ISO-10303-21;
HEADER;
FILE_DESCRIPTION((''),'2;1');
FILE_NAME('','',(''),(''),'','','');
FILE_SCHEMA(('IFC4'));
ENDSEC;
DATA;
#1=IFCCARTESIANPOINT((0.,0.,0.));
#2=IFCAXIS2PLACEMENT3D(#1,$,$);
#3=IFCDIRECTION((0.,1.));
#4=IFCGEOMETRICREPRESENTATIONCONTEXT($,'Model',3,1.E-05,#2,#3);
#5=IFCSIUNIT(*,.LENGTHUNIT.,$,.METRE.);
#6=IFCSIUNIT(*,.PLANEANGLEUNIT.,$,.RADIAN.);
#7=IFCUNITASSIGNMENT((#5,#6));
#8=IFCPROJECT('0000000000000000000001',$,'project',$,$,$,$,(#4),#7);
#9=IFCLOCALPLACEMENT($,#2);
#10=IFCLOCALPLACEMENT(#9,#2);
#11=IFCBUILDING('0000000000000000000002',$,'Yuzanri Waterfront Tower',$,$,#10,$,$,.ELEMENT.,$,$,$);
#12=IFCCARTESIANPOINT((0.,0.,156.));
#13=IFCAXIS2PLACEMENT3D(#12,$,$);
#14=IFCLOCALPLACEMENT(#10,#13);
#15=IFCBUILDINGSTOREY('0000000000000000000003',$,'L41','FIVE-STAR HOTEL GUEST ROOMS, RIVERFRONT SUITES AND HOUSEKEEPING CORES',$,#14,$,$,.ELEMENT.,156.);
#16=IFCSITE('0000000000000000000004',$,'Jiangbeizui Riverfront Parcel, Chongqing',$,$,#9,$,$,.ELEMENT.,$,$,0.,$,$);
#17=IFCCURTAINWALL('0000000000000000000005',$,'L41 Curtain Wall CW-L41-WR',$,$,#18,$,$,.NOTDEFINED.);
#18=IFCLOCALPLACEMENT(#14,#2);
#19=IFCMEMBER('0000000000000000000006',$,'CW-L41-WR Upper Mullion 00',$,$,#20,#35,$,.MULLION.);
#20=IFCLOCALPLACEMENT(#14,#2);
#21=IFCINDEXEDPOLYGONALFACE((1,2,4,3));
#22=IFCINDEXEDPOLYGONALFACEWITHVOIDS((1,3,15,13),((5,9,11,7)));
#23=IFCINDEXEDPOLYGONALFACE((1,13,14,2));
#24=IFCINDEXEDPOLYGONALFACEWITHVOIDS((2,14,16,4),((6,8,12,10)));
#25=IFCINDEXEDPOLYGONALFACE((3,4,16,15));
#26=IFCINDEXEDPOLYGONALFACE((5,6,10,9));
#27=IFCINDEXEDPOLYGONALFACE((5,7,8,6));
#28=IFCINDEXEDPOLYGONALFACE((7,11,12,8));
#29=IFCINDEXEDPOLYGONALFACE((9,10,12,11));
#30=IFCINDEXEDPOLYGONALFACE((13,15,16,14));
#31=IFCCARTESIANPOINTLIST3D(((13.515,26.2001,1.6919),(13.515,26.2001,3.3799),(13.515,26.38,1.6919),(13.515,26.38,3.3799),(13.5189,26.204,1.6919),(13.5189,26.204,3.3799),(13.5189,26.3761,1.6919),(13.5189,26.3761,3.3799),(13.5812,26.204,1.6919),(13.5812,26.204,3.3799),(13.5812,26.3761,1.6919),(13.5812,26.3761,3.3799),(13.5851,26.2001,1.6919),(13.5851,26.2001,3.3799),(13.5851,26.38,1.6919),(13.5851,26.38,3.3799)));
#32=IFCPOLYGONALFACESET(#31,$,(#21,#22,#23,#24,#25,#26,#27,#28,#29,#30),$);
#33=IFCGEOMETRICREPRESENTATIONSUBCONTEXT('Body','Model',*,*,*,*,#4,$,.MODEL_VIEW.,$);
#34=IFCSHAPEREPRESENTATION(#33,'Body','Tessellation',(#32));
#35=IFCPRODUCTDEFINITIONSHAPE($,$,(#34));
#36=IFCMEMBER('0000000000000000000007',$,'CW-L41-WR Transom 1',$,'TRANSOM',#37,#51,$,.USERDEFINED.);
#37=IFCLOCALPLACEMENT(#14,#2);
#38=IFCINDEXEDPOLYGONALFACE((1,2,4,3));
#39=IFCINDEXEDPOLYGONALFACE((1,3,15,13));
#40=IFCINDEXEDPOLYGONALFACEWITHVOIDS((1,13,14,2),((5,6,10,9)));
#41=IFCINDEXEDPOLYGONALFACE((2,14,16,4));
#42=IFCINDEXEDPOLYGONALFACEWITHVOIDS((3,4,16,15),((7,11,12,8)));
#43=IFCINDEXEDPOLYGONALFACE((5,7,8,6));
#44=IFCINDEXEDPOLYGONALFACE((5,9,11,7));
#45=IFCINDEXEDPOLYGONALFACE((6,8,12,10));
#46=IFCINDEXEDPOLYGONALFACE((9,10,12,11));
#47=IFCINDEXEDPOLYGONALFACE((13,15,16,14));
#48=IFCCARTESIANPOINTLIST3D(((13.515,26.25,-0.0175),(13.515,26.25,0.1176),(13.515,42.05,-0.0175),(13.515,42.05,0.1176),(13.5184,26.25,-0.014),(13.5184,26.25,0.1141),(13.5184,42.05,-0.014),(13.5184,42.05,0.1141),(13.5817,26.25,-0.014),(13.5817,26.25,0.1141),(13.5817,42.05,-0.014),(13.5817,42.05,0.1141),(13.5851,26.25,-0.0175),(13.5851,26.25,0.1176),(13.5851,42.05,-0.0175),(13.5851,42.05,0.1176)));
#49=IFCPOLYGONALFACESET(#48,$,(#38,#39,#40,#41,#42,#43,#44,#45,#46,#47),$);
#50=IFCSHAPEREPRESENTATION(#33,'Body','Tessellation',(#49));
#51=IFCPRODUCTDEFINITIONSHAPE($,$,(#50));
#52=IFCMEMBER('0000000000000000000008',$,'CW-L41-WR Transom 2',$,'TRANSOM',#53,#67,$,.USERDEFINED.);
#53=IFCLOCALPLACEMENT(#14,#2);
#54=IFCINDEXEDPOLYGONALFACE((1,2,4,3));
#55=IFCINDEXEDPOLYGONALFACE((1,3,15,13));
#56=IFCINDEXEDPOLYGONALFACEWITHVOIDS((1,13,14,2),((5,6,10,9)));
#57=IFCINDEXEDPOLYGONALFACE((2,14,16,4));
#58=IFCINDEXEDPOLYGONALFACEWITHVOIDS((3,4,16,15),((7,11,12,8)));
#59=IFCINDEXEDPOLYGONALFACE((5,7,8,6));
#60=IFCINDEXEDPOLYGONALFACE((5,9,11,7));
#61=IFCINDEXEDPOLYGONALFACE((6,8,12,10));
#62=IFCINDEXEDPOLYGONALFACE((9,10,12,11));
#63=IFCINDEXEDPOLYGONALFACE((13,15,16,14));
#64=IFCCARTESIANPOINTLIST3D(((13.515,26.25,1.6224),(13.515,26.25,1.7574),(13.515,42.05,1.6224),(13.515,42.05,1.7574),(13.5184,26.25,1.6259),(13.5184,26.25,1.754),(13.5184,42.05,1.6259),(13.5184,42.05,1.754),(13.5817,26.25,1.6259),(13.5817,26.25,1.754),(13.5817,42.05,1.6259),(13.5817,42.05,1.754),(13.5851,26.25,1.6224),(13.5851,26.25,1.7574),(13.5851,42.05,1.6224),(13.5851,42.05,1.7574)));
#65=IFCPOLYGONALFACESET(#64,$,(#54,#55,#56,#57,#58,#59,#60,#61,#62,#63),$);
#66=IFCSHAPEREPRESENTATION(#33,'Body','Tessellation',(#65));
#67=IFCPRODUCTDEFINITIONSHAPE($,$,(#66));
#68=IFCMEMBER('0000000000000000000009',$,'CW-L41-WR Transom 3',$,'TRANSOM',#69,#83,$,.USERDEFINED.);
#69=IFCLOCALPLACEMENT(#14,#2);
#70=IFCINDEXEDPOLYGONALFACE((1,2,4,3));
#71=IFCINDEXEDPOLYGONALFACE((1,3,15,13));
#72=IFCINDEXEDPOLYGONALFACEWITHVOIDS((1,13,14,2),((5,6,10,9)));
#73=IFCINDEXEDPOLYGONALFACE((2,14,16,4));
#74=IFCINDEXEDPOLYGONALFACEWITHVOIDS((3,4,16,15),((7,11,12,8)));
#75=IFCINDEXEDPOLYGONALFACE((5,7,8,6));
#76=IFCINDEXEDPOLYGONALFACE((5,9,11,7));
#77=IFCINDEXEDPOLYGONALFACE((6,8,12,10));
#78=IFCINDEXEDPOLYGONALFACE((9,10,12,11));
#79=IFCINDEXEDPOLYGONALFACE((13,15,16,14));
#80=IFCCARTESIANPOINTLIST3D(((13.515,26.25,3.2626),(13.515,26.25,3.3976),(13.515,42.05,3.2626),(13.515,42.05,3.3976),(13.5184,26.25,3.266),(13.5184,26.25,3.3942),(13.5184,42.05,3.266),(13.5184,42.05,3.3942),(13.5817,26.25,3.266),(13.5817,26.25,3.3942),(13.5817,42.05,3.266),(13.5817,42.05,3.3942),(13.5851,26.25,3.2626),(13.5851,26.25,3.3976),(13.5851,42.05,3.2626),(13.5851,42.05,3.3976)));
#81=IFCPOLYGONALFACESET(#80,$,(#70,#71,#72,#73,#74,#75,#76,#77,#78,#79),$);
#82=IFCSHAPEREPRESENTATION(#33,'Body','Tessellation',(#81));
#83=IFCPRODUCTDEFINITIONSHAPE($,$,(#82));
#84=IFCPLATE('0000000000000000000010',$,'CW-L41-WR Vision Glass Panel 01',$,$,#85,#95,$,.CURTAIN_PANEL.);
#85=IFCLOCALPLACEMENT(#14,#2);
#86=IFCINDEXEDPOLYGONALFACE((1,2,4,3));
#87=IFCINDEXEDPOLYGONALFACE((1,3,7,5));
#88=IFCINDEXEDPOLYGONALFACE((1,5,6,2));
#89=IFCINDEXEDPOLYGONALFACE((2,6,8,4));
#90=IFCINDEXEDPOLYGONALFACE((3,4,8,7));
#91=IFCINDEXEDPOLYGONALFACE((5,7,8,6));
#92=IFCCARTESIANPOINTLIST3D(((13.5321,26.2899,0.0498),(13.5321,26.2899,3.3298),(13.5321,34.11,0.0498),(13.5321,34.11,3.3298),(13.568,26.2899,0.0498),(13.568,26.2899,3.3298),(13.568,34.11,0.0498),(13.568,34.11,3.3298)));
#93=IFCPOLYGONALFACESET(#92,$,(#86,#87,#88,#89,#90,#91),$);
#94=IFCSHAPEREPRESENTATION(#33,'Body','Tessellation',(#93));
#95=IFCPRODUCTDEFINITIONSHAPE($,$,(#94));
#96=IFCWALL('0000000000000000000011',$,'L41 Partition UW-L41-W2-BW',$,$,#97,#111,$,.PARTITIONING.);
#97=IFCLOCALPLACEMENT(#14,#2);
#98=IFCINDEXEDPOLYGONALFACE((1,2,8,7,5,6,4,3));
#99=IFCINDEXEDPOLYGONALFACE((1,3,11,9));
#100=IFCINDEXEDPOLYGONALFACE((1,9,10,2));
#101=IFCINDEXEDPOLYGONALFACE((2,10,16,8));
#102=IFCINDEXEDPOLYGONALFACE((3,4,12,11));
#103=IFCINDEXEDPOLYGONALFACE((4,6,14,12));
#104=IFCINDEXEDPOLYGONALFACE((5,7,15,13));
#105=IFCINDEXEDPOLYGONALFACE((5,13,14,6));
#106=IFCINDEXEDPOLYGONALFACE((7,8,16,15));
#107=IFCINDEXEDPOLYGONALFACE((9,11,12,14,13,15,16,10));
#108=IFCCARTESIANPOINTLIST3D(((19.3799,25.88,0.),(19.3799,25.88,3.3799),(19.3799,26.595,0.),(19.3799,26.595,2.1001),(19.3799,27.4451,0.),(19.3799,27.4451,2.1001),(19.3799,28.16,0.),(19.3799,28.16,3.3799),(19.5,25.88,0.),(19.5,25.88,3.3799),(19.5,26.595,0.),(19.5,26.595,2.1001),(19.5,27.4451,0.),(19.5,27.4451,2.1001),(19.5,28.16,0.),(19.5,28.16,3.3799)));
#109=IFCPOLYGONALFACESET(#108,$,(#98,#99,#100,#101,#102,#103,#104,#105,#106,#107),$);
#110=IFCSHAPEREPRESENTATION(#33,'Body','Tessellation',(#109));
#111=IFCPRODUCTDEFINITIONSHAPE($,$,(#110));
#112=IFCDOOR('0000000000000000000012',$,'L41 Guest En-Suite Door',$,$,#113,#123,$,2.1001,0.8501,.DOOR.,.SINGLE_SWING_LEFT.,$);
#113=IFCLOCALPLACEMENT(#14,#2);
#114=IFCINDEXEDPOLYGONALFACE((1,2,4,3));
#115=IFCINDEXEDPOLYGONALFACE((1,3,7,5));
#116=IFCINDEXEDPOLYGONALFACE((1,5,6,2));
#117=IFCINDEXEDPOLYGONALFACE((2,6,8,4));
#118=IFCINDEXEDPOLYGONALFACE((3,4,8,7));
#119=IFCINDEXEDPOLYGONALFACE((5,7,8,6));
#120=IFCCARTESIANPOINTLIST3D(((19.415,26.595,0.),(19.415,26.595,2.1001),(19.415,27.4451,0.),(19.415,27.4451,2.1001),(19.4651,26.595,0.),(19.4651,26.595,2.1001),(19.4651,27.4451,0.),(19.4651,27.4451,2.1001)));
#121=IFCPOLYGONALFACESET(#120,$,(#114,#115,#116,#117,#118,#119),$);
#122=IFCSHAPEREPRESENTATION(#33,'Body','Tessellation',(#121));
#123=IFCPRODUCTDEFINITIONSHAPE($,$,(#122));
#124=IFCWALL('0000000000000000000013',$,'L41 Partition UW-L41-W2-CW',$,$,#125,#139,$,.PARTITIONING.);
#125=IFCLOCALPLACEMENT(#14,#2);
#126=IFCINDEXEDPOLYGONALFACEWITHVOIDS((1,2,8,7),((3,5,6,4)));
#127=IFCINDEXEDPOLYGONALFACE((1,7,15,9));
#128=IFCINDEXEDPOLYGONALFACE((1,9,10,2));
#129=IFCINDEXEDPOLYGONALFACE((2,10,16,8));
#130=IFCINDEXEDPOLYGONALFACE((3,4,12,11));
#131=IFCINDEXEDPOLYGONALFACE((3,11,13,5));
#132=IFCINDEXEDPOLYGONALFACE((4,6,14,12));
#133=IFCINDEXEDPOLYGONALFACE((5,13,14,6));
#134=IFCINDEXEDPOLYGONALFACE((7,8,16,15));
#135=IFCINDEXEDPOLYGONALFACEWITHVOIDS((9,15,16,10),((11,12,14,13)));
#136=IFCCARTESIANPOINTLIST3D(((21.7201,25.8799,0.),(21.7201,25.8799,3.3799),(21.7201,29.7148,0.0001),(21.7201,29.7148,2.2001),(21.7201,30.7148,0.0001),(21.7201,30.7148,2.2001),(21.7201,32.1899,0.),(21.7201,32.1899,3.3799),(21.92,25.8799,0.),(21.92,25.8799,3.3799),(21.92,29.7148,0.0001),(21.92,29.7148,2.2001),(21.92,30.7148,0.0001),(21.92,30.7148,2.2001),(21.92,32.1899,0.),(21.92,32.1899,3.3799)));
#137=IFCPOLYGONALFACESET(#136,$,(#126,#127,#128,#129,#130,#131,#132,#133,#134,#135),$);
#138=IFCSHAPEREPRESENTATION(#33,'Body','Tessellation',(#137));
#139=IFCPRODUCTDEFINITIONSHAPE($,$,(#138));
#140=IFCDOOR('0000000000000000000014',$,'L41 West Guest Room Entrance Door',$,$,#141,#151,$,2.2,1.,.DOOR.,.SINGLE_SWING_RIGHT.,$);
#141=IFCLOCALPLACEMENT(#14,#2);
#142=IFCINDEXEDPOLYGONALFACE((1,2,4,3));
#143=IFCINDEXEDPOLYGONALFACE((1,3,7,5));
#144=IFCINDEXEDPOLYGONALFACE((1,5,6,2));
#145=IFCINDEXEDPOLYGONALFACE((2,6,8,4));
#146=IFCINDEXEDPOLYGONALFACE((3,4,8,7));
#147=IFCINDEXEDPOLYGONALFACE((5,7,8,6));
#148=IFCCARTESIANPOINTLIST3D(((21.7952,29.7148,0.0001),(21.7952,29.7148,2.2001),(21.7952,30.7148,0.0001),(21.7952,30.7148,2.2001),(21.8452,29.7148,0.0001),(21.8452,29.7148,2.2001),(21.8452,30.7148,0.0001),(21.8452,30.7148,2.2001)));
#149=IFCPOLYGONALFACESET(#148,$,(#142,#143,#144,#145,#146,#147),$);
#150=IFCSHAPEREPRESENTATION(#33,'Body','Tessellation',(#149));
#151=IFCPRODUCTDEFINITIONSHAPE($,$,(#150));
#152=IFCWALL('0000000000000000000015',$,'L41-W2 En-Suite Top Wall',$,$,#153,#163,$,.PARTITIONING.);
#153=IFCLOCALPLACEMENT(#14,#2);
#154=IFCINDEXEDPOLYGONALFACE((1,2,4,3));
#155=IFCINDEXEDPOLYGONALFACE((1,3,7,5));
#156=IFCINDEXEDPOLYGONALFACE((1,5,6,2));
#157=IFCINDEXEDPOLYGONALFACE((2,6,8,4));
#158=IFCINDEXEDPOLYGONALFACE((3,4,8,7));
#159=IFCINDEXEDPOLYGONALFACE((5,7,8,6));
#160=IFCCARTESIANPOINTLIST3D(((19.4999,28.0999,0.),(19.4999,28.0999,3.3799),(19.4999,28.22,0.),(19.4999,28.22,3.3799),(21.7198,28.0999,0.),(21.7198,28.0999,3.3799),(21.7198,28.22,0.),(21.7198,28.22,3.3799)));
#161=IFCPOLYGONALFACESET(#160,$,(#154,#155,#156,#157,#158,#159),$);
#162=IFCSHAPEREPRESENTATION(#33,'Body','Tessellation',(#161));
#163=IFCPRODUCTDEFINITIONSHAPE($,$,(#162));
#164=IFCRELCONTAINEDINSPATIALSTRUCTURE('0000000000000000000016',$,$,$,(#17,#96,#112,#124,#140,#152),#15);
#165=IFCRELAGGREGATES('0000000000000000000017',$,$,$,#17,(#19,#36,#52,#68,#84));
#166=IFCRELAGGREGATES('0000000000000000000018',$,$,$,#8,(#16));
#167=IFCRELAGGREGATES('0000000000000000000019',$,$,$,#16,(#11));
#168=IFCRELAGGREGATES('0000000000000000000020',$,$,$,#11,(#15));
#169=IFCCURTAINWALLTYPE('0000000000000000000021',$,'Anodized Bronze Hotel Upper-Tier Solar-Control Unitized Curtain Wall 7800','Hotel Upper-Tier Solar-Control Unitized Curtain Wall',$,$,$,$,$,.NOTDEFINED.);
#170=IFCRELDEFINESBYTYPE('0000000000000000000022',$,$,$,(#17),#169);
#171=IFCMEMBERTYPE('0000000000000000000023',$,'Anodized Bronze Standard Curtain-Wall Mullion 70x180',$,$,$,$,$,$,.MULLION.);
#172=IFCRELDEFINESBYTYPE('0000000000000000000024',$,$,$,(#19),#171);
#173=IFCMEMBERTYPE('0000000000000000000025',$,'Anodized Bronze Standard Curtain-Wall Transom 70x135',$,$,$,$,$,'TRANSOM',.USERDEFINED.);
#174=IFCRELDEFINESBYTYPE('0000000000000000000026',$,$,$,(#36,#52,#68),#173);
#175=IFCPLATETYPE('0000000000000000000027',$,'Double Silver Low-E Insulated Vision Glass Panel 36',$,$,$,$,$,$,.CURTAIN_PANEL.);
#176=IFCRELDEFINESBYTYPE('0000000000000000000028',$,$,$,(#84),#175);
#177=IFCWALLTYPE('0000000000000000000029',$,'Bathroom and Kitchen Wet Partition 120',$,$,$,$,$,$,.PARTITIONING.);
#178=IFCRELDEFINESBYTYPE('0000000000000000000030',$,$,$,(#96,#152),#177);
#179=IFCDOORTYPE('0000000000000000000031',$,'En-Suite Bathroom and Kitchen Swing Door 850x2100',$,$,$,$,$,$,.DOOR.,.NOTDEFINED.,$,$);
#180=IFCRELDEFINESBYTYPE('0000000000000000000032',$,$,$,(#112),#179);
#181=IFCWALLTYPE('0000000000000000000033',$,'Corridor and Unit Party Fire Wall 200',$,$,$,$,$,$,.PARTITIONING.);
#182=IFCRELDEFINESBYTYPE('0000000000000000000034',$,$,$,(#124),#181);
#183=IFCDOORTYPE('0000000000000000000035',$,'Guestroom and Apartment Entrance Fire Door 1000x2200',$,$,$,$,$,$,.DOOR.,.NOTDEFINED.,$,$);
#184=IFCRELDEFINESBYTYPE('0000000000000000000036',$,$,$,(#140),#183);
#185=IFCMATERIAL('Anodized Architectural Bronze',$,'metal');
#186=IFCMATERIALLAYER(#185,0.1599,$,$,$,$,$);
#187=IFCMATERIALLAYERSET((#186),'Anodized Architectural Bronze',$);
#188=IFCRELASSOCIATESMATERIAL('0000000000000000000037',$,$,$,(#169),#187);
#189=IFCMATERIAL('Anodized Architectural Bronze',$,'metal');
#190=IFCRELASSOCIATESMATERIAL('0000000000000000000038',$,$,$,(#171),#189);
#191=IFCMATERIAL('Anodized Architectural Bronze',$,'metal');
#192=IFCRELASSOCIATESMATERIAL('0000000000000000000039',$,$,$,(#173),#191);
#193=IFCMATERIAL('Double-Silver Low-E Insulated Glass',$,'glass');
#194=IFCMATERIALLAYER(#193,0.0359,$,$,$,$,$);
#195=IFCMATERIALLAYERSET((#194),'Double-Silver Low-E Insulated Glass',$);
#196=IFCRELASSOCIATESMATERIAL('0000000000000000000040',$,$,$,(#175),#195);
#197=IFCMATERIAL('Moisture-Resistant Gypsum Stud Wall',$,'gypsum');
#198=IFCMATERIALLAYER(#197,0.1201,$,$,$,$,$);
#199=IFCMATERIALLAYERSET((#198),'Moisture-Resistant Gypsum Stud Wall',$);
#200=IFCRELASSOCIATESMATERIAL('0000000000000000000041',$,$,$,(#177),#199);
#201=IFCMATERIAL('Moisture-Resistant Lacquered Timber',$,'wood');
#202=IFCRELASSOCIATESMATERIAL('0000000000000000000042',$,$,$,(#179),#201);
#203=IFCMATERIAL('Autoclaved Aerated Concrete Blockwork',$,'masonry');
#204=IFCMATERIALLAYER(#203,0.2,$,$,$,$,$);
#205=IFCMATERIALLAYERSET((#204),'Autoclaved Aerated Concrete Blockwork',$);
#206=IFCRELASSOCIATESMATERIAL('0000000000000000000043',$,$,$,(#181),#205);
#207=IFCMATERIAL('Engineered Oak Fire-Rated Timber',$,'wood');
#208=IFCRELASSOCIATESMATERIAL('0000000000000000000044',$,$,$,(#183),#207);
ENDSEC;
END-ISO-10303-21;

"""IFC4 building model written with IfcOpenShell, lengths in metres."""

from ifc_helpers import new_model, si_unit, direction, frame, frame_2d, origin, origin_2d, place, context, subcontext, project, spatial, rectangle, hollow_rectangle, extrude, source, transform, mapped, material, layer, layer_set, material_profile, profile_set, type_object, element, fill, aggregate, save


model = new_model("IFC4")

# Units and contexts
model_context = context("Model", 3, precision=1e-05, world=origin(), true_north=direction((0.0, 1.0)))
body_context = subcontext(model_context, "Body", "Model", "MODEL_VIEW")
ifc_project = project(units=[si_unit("LENGTHUNIT", "METRE"), si_unit("PLANEANGLEUNIT", "RADIAN")], contexts=[model_context])

# Site, building, storey
site_placement = place(None, origin())
site = spatial("IfcSite", under=ifc_project, at=site_placement, Name="Jiangbeizui Riverfront Parcel, Chongqing", CompositionType="ELEMENT", RefElevation=0.0)
building_placement = place(site_placement, origin())
building = spatial("IfcBuilding", under=site, at=building_placement, Name="Yuzanri Waterfront Tower", CompositionType="ELEMENT")
storey_placement = place(building_placement, frame((0.0, 0.0, 156.0)))
storey = spatial("IfcBuildingStorey", under=building, at=storey_placement, Name="L41", Description="FIVE-STAR HOTEL GUEST ROOMS, RIVERFRONT SUITES AND HOUSEKEEPING CORES", CompositionType="ELEMENT", Elevation=156.0)

# Shared definitions
ifc_material_1 = material(Name="Anodized Architectural Bronze", Category="metal")
ifc_layer_1 = layer(ifc_material_1, 0.1599)
ifc_layer_set_1 = layer_set([ifc_layer_1], Name="Anodized Architectural Bronze")
curtain_wall_type = type_object("IfcCurtainWallType", Name="Anodized Bronze Hotel Upper-Tier Solar-Control Unitized Curtain Wall 7800", Description="Hotel Upper-Tier Solar-Control Unitized Curtain Wall", PredefinedType="NOTDEFINED", material=ifc_layer_set_1)
ifc_material_2 = material(Name="Anodized Architectural Bronze", Category="metal")
ifc_material_profile_1 = material_profile(ifc_material_2, hollow_rectangle(XDim=0.0701, YDim=0.1799, WallThickness=0.0039, at=origin_2d()), Name="CWM 70x180")
ifc_profile_set_1 = profile_set([ifc_material_profile_1], Name="Anodized Architectural Bronze")
member_type_1 = type_object("IfcMemberType", Name="Anodized Bronze Standard Curtain-Wall Mullion 70x180", PredefinedType="MULLION", material=ifc_profile_set_1)
shared_shape_1 = source(origin(), body_context, "Body", "SweptSolid", [
    extrude(hollow_rectangle(XDim=0.0701, YDim=0.1799, WallThickness=0.0039, at=origin_2d()), origin(), (0.0, 0.0, 1.0), 1.688),
])

# Curtain wall, members, plate
curtain_wall_1_placement = place(storey_placement, origin())
curtain_wall_1 = element("IfcCurtainWall", 1, at=curtain_wall_1_placement, inside=storey, type_object=curtain_wall_type, Name="L41 Curtain Wall CW-L41-WR", PredefinedType="NOTDEFINED")
member_1_placement = place(storey_placement, frame((13.55, 26.29, 1.6919), z_axis=(0.0, 0.0, 1.0), x_axis=(1.0, 0.0, 0.0)))
member_1 = element("IfcMember", 2, at=member_1_placement, type_object=member_type_1, Name="CW-L41-WR Upper Mullion 00", PredefinedType="MULLION", context=body_context, shape_type="MappedRepresentation", body=[
    mapped(shared_shape_1, transform((0.0, 0.0, 0.0), scale=1.0)),
])
ifc_material_3 = material(Name="Anodized Architectural Bronze", Category="metal")
ifc_material_profile_2 = material_profile(ifc_material_3, hollow_rectangle(XDim=0.0701, YDim=0.135, WallThickness=0.0034, at=origin_2d()), Name="CWT 70x135")
ifc_profile_set_2 = profile_set([ifc_material_profile_2], Name="Anodized Architectural Bronze")
member_type_2 = type_object("IfcMemberType", Name="Anodized Bronze Standard Curtain-Wall Transom 70x135", ElementType="TRANSOM", PredefinedType="USERDEFINED", material=ifc_profile_set_2)
shared_shape_2 = source(origin(), body_context, "Body", "SweptSolid", [
    extrude(hollow_rectangle(XDim=0.0701, YDim=0.135, WallThickness=0.0034, at=origin_2d()), origin(), (0.0, 0.0, 1.0), 15.8),
])
member_2_placement = place(storey_placement, frame((13.55, 26.25, 0.05), z_axis=(0.0, 1.0, 0.0), x_axis=(-1.0, 0.0, 0.0)))
member_2 = element("IfcMember", 3, at=member_2_placement, type_object=member_type_2, Name="CW-L41-WR Transom 1", ObjectType="TRANSOM", PredefinedType="USERDEFINED", context=body_context, shape_type="MappedRepresentation", body=[
    mapped(shared_shape_2, transform((0.0, 0.0, 0.0), scale=1.0)),
])
member_3_placement = place(storey_placement, frame((13.55, 26.25, 1.6899), z_axis=(0.0, 1.0, 0.0), x_axis=(-1.0, 0.0, 0.0)))
member_3 = element("IfcMember", 4, at=member_3_placement, type_object=member_type_2, Name="CW-L41-WR Transom 2", ObjectType="TRANSOM", PredefinedType="USERDEFINED", context=body_context, shape_type="MappedRepresentation", body=[
    mapped(shared_shape_2, transform((0.0, 0.0, 0.0), scale=1.0)),
])
member_4_placement = place(storey_placement, frame((13.55, 26.25, 3.3301), z_axis=(0.0, 1.0, 0.0), x_axis=(-1.0, 0.0, 0.0)))
member_4 = element("IfcMember", 5, at=member_4_placement, type_object=member_type_2, Name="CW-L41-WR Transom 3", ObjectType="TRANSOM", PredefinedType="USERDEFINED", context=body_context, shape_type="MappedRepresentation", body=[
    mapped(shared_shape_2, transform((0.0, 0.0, 0.0), scale=1.0)),
])
ifc_material_4 = material(Name="Double-Silver Low-E Insulated Glass", Category="glass")
ifc_layer_2 = layer(ifc_material_4, 0.0359)
ifc_layer_set_2 = layer_set([ifc_layer_2], Name="Double-Silver Low-E Insulated Glass")
plate_type = type_object("IfcPlateType", Name="Double Silver Low-E Insulated Vision Glass Panel 36", PredefinedType="CURTAIN_PANEL", material=ifc_layer_set_2)
shared_shape_3 = source(origin(), body_context, "Body", "SweptSolid", [
    extrude(rectangle(XDim=7.8201, YDim=0.0359, at=origin_2d()), origin(), (0.0, 0.0, 1.0), 3.28),
])
plate_placement = place(storey_placement, frame((13.55, 30.2, 0.0498), z_axis=(0.0, 0.0, 1.0), x_axis=(0.0, 1.0, 0.0)))
plate = element("IfcPlate", 6, at=plate_placement, type_object=plate_type, Name="CW-L41-WR Vision Glass Panel 01", PredefinedType="CURTAIN_PANEL", context=body_context, shape_type="MappedRepresentation", body=[
    mapped(shared_shape_3, transform((0.0, 0.0, 0.0), scale=1.0)),
])
aggregate(curtain_wall_1, [member_1, member_2, member_3, member_4, plate])

# Wall, opening, door
ifc_material_5 = material(Name="Moisture-Resistant Gypsum Stud Wall", Category="gypsum")
ifc_layer_3 = layer(ifc_material_5, 0.1201)
ifc_layer_set_3 = layer_set([ifc_layer_3], Name="Moisture-Resistant Gypsum Stud Wall")
wall_type_1 = type_object("IfcWallType", Name="Bathroom and Kitchen Wet Partition 120", PredefinedType="PARTITIONING", material=ifc_layer_set_3)
wall_1_placement = place(storey_placement, frame((19.4399, 25.8799, 0.0), z_axis=(0.0, 0.0, 1.0), x_axis=(0.0, 1.0, 0.0)))
wall_1 = element("IfcWall", 7, at=wall_1_placement, inside=storey, type_object=wall_type_1, Name="L41 Partition UW-L41-W2-BW", PredefinedType="PARTITIONING", context=body_context, shape_type="SweptSolid", body=[
    extrude(rectangle(XDim=2.28, YDim=0.1201, at=frame_2d((1.1401, 0.0))), origin(), (0.0, 0.0, 1.0), 3.3799),
])
opening_1_placement = place(wall_1_placement, frame((0.7151, 0.0, 0.0)))
opening_1 = element("IfcOpeningElement", 8, at=opening_1_placement, cuts=wall_1, PredefinedType="OPENING", context=body_context, shape_type="SweptSolid", body=[
    extrude(rectangle(XDim=0.8501, YDim=2.1001, at=frame_2d((0.425, 1.05))), frame((0.0, 0.075, 0.0), z_axis=(0.0, -1.0, 0.0), x_axis=(1.0, 0.0, 0.0)), (0.0, 0.0, 1.0), 0.1499),
])
ifc_material_6 = material(Name="Moisture-Resistant Lacquered Timber", Category="wood")
door_type_1 = type_object("IfcDoorType", Name="En-Suite Bathroom and Kitchen Swing Door 850x2100", OperationType="NOTDEFINED", PredefinedType="DOOR", material=ifc_material_6)
shared_shape_4 = source(origin(), body_context, "Body", "SweptSolid", [
    extrude(rectangle(XDim=0.8501, YDim=2.1001, at=frame_2d((0.425, 1.05))), frame((0.0, 0.0249, 0.0), z_axis=(0.0, -1.0, 0.0), x_axis=(1.0, 0.0, 0.0)), (0.0, 0.0, 1.0), 0.05),
])
door_1_placement = place(opening_1_placement, origin())
door_1 = element("IfcDoor", 9, at=door_1_placement, inside=storey, type_object=door_type_1, Name="L41 Guest En-Suite Door", OperationType="SINGLE_SWING_LEFT", OverallHeight=2.1001, OverallWidth=0.8501, PredefinedType="DOOR", context=body_context, shape_type="MappedRepresentation", body=[
    mapped(shared_shape_4, transform((0.0, 0.0, 0.0), scale=1.0)),
])
fill(opening_1, door_1)

# Wall, opening, door
ifc_material_7 = material(Name="Autoclaved Aerated Concrete Blockwork", Category="masonry")
ifc_layer_4 = layer(ifc_material_7, 0.2)
ifc_layer_set_4 = layer_set([ifc_layer_4], Name="Autoclaved Aerated Concrete Blockwork")
wall_type_2 = type_object("IfcWallType", Name="Corridor and Unit Party Fire Wall 200", PredefinedType="PARTITIONING", material=ifc_layer_set_4)
wall_2_placement = place(storey_placement, frame((21.8201, 25.8799, 0.0), z_axis=(0.0, 0.0, 1.0), x_axis=(0.0, 1.0, 0.0)))
wall_2 = element("IfcWall", 10, at=wall_2_placement, inside=storey, type_object=wall_type_2, Name="L41 Partition UW-L41-W2-CW", PredefinedType="PARTITIONING", context=body_context, shape_type="SweptSolid", body=[
    extrude(rectangle(XDim=6.3101, YDim=0.2, at=frame_2d((3.155, 0.0))), origin(), (0.0, 0.0, 1.0), 3.3799),
])
opening_2_placement = place(wall_2_placement, frame((3.835, 0.0, 0.0)))
opening_2 = element("IfcOpeningElement", 11, at=opening_2_placement, cuts=wall_2, PredefinedType="OPENING", context=body_context, shape_type="SweptSolid", body=[
    extrude(rectangle(XDim=1.0, YDim=2.2, at=frame_2d((0.5, 1.1001))), frame((0.0, 0.1147, 0.0), z_axis=(0.0, -1.0, 0.0), x_axis=(1.0, 0.0, 0.0)), (0.0, 0.0, 1.0), 0.2297),
])
ifc_material_8 = material(Name="Engineered Oak Fire-Rated Timber", Category="wood")
door_type_2 = type_object("IfcDoorType", Name="Guestroom and Apartment Entrance Fire Door 1000x2200", OperationType="NOTDEFINED", PredefinedType="DOOR", material=ifc_material_8)
shared_shape_5 = source(origin(), body_context, "Body", "SweptSolid", [
    extrude(rectangle(XDim=1.0, YDim=2.2, at=frame_2d((0.5, 1.1001))), frame((0.0, 0.0249, 0.0), z_axis=(0.0, -1.0, 0.0), x_axis=(1.0, 0.0, 0.0)), (0.0, 0.0, 1.0), 0.05),
])
door_2_placement = place(opening_2_placement, origin())
door_2 = element("IfcDoor", 12, at=door_2_placement, inside=storey, type_object=door_type_2, Name="L41 West Guest Room Entrance Door", OperationType="SINGLE_SWING_RIGHT", OverallHeight=2.2, OverallWidth=1.0, PredefinedType="DOOR", context=body_context, shape_type="MappedRepresentation", body=[
    mapped(shared_shape_5, transform((0.0, 0.0, 0.0), scale=1.0)),
])
fill(opening_2, door_2)

# Wall
shared_shape_6 = source(origin(), body_context, "Body", "SweptSolid", [
    extrude(rectangle(XDim=2.22, YDim=0.1201, at=frame_2d((1.1099, 0.0))), origin(), (0.0, 0.0, 1.0), 3.3799),
])
wall_3_placement = place(storey_placement, frame((19.5, 28.1599, 0.0), z_axis=(0.0, 0.0, 1.0), x_axis=(1.0, 0.0, 0.0)))
element("IfcWall", 13, at=wall_3_placement, inside=storey, type_object=wall_type_1, Name="L41-W2 En-Suite Top Wall", PredefinedType="PARTITIONING", context=body_context, shape_type="MappedRepresentation", body=[
    mapped(shared_shape_6, transform((0.0, 0.0, 0.0), scale=1.0)),
])

save(model, "model.ifc")
